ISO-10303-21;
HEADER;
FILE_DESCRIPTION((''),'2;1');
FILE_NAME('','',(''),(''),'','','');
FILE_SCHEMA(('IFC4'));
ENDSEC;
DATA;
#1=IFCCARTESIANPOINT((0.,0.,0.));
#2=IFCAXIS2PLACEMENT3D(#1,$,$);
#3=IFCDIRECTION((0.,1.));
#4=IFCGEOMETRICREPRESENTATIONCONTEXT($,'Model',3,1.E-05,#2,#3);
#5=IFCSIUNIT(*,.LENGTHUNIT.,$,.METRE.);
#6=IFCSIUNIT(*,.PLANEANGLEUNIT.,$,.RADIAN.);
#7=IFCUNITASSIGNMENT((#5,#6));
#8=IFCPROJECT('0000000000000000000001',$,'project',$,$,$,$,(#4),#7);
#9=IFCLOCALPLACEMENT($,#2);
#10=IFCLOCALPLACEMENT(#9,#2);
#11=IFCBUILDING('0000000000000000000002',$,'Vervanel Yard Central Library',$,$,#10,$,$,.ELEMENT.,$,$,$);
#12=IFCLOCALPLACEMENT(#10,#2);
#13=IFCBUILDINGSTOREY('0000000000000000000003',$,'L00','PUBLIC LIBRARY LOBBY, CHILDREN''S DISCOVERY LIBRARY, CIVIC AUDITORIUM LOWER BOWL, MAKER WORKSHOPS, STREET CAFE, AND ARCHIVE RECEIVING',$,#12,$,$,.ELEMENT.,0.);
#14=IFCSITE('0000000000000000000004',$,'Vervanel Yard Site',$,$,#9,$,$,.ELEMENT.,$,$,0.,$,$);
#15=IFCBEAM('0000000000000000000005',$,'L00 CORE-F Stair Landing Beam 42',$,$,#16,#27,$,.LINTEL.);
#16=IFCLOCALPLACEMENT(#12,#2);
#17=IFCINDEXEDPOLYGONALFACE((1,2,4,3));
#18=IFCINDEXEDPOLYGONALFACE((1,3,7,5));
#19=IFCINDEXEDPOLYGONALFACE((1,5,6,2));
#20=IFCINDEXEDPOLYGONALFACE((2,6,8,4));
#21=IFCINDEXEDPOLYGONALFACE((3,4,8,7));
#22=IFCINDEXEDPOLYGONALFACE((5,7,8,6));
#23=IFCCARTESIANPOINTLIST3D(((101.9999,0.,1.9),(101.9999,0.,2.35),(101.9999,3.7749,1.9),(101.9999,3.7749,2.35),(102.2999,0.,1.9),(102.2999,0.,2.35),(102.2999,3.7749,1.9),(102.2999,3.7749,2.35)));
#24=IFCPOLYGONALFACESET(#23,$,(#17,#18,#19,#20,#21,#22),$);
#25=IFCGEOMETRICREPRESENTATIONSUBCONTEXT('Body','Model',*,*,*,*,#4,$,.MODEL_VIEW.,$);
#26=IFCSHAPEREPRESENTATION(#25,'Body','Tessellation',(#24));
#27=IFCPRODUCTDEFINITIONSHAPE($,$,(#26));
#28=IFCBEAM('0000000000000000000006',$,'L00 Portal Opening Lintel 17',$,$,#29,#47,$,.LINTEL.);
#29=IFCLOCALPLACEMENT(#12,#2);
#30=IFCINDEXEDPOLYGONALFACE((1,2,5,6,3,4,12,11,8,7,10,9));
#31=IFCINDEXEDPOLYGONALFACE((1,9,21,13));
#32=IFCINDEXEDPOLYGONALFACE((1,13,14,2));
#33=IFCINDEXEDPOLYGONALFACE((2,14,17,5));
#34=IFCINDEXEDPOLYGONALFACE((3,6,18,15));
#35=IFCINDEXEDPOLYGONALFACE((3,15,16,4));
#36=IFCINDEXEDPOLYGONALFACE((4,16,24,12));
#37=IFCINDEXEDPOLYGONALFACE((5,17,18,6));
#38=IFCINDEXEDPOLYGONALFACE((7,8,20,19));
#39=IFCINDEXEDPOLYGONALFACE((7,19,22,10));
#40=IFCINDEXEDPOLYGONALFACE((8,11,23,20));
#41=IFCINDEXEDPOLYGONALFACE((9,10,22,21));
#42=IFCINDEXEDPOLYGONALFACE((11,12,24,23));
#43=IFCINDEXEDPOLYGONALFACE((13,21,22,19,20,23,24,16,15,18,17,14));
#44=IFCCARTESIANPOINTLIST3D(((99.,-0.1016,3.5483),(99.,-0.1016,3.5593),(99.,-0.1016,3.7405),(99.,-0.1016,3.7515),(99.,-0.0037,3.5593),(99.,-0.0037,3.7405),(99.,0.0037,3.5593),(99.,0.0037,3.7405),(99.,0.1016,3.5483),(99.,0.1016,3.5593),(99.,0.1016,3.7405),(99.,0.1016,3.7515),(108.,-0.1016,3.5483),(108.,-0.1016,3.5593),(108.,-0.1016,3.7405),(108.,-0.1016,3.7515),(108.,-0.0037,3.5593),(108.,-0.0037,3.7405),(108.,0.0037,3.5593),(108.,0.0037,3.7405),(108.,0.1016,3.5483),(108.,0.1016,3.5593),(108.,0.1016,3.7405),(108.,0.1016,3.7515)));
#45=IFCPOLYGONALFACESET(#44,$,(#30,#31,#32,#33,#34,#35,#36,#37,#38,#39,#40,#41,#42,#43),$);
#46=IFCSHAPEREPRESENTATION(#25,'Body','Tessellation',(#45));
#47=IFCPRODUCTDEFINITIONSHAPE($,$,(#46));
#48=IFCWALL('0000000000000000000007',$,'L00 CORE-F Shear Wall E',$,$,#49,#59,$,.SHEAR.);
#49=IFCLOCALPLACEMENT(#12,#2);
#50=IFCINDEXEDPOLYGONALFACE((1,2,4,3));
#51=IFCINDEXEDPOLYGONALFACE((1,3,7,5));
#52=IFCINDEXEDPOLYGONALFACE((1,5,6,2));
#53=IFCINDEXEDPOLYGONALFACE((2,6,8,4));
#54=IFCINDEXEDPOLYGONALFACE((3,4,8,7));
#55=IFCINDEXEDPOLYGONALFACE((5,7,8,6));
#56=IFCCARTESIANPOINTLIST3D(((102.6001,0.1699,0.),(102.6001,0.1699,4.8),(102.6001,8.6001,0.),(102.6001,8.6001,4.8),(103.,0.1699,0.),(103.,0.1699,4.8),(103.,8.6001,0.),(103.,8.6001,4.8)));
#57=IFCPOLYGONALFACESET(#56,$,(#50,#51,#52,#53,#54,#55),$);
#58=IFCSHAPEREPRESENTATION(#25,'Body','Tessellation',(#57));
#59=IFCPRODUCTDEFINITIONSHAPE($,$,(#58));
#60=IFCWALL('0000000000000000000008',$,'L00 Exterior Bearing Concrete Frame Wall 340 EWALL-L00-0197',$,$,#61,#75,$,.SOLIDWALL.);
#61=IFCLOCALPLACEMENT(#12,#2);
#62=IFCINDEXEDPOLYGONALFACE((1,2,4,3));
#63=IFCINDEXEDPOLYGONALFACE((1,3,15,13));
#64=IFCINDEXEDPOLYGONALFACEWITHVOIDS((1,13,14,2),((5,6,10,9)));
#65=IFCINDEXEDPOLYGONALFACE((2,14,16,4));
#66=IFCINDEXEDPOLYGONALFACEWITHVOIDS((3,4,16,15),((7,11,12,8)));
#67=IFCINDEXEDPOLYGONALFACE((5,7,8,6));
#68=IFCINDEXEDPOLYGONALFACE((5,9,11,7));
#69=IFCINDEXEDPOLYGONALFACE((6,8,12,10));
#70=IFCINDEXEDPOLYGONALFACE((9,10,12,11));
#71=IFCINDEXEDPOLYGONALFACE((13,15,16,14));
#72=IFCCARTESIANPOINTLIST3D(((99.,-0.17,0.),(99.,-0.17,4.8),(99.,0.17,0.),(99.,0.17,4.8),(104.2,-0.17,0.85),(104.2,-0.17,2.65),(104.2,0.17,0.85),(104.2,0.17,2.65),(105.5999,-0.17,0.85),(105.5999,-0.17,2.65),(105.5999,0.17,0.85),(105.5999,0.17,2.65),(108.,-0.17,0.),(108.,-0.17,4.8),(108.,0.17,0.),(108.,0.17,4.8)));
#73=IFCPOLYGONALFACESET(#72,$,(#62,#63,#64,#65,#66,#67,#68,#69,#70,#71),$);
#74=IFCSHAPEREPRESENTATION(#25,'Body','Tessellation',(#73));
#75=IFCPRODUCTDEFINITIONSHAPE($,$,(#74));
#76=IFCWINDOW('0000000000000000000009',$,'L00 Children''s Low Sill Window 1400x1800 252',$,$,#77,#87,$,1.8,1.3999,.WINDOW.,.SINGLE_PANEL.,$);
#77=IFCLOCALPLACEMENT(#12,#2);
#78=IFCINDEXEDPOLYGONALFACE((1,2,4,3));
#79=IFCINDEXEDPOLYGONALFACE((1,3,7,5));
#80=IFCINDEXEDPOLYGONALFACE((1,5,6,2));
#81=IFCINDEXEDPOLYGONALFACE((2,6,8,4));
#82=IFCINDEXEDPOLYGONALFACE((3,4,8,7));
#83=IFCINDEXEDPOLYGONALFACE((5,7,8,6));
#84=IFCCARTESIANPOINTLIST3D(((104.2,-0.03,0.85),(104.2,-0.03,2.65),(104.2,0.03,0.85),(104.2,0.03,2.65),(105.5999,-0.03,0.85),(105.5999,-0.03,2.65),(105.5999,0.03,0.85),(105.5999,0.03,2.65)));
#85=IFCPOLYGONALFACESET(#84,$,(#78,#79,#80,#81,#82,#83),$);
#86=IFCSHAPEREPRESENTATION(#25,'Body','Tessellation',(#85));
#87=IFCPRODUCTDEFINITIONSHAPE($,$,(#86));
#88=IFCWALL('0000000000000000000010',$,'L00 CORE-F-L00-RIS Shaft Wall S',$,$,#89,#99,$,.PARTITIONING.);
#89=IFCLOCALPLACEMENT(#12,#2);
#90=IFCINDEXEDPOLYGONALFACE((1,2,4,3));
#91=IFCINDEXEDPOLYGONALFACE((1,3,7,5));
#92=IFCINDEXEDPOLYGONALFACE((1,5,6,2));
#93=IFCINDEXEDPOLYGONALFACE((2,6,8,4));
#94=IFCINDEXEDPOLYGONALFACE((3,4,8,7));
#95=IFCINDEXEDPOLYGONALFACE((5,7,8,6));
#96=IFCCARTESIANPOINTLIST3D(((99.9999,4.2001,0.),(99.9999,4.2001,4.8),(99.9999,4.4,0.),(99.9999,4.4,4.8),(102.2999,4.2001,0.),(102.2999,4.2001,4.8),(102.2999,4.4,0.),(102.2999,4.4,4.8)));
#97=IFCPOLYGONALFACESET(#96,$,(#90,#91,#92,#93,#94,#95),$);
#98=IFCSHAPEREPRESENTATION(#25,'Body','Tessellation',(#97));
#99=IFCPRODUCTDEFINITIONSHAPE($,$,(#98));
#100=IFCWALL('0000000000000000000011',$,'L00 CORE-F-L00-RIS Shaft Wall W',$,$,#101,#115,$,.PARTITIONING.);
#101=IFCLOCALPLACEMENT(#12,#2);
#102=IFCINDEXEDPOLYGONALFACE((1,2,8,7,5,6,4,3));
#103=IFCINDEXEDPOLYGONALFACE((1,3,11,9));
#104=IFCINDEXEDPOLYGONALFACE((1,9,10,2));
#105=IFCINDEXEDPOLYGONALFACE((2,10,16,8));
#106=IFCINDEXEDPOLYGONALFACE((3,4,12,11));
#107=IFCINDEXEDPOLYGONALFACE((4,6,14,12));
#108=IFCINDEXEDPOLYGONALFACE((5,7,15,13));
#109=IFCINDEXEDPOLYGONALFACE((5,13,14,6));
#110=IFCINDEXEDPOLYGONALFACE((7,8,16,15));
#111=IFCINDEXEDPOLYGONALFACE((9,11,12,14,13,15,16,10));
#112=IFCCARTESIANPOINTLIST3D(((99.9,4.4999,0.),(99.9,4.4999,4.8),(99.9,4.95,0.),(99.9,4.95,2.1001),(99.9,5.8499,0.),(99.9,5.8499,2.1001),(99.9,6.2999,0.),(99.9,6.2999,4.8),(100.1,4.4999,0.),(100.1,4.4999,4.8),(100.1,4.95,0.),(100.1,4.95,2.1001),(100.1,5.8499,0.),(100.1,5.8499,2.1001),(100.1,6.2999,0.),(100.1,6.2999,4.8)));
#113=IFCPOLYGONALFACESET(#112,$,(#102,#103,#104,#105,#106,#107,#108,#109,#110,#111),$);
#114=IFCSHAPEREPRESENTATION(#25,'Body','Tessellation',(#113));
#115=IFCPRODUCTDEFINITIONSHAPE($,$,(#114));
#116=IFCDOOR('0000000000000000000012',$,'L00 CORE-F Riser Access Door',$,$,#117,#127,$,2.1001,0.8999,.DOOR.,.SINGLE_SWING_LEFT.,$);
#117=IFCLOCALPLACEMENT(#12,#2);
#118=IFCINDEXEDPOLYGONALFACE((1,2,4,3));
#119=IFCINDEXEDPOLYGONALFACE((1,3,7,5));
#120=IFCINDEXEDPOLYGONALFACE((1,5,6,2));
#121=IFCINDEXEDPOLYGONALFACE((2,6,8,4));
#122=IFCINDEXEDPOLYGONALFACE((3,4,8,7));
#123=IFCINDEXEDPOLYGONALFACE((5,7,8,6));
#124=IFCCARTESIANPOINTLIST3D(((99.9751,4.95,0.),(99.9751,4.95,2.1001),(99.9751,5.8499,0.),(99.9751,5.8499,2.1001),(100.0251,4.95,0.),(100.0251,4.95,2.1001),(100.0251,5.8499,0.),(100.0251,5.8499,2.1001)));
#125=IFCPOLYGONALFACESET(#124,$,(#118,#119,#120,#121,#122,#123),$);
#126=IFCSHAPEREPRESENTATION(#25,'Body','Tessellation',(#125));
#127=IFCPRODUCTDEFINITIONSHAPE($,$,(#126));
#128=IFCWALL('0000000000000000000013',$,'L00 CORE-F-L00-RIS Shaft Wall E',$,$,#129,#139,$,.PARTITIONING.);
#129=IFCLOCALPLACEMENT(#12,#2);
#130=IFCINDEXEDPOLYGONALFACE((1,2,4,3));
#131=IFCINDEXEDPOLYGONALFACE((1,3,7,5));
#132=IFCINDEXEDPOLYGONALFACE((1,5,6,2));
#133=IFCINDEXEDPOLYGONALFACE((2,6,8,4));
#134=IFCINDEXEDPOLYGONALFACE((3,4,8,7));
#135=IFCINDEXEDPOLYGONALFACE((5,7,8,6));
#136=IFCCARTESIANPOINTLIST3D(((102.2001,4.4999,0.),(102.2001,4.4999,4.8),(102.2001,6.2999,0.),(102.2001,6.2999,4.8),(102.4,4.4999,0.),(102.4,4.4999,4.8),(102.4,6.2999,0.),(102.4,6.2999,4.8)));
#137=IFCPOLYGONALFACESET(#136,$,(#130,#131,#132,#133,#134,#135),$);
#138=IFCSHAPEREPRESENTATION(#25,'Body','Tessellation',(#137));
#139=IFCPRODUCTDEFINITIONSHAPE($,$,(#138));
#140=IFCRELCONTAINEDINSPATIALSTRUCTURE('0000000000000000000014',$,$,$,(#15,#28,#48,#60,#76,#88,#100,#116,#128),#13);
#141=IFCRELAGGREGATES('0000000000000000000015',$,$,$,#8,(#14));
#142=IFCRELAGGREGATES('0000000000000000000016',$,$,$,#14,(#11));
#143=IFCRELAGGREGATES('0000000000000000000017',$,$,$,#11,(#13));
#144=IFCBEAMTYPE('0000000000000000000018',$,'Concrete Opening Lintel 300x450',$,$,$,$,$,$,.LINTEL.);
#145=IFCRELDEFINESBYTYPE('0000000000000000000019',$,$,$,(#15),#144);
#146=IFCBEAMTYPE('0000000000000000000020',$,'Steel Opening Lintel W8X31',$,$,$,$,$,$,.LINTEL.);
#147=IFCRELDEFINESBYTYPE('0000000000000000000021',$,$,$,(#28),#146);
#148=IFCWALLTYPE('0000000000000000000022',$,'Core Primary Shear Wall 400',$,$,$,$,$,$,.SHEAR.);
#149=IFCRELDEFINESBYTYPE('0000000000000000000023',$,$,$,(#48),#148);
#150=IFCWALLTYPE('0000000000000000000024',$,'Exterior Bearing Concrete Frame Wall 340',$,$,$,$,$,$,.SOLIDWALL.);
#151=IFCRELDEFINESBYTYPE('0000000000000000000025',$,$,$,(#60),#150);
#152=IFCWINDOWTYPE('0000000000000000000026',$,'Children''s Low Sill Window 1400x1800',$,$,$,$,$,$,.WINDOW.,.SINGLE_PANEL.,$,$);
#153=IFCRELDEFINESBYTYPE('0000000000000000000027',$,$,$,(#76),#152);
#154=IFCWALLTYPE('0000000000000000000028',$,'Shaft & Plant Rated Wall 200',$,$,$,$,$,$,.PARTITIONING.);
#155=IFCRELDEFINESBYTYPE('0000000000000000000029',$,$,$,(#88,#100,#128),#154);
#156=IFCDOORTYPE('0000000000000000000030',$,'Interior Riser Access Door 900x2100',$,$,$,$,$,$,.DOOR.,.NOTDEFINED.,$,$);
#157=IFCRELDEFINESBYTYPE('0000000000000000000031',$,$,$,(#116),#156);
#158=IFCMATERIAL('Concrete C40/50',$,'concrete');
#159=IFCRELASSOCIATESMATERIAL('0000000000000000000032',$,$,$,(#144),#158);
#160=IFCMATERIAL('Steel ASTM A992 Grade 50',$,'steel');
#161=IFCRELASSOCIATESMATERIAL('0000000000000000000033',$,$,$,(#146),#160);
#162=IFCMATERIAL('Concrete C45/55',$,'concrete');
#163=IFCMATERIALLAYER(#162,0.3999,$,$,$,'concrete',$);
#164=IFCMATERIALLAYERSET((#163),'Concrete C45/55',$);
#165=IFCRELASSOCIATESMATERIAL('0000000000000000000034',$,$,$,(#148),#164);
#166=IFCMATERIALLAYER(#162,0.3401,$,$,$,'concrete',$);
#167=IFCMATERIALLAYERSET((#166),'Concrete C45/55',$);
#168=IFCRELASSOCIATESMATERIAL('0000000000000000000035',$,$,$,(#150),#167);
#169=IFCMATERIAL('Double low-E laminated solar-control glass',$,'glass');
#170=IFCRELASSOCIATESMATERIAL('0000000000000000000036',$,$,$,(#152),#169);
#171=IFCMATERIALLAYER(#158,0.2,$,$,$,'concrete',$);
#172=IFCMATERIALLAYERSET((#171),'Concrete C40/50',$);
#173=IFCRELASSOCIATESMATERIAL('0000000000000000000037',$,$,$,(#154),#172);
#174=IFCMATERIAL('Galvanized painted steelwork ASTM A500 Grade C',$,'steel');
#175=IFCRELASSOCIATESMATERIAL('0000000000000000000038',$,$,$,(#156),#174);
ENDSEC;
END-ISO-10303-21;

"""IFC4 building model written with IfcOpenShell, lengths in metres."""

from ifc_helpers import new_model, si_unit, direction, frame, frame_2d, origin, origin_2d, place, context, subcontext, project, spatial, rectangle, i_section, extrude, material, layer, layer_set, material_profile, profile_set, type_object, element, fill, save


model = new_model("IFC4")

# Units and contexts
model_context = context("Model", 3, precision=1e-05, world=origin(), true_north=direction((0.0, 1.0)))
body_context = subcontext(model_context, "Body", "Model", "MODEL_VIEW")
ifc_project = project(units=[si_unit("LENGTHUNIT", "METRE"), si_unit("PLANEANGLEUNIT", "RADIAN")], contexts=[model_context])

# Site, building, storey
site_placement = place(None, origin())
site = spatial("IfcSite", under=ifc_project, at=site_placement, Name="Vervanel Yard Site", CompositionType="ELEMENT", RefElevation=0.0)
building_placement = place(site_placement, origin())
building = spatial("IfcBuilding", under=site, at=building_placement, Name="Vervanel Yard Central Library", CompositionType="ELEMENT")
storey_placement = place(building_placement, origin())
storey = spatial("IfcBuildingStorey", under=building, at=storey_placement, Name="L00", Description="PUBLIC LIBRARY LOBBY, CHILDREN'S DISCOVERY LIBRARY, CIVIC AUDITORIUM LOWER BOWL, MAKER WORKSHOPS, STREET CAFE, AND ARCHIVE RECEIVING", CompositionType="ELEMENT", Elevation=0.0)

# Shared definitions
ifc_material_1 = material(Name="Concrete C40/50", Category="concrete")

# Beams
ifc_material_profile_1 = material_profile(ifc_material_1, rectangle(XDim=0.3, YDim=0.45, at=origin_2d()), Name="RC 300x450", Category="concrete")
ifc_profile_set_1 = profile_set([ifc_material_profile_1], Name="Concrete C40/50")
beam_type_1 = type_object("IfcBeamType", Name="Concrete Opening Lintel 300x450", PredefinedType="LINTEL", material=ifc_profile_set_1)
for number, where, z_axis, x_axis, name in (
    (1, (102.1499, 0.0, 2.125), (0.0, 1.0, 0.0), (-1.0, 0.0, 0.0), "L00 CORE-F Stair Landing Beam 42"),
):
    element("IfcBeam", number, at=place(storey_placement, frame(where, z_axis=z_axis, x_axis=x_axis)), inside=storey, type_object=beam_type_1, Name=name, PredefinedType="LINTEL", context=body_context, shape_type="SweptSolid", body=[
        extrude(rectangle(XDim=0.3, YDim=0.45, at=origin_2d()), origin(), (0.0, 0.0, 1.0), 3.7749),
    ])
ifc_material_2 = material(Name="Steel ASTM A992 Grade 50", Category="steel")
ifc_material_profile_2 = material_profile(ifc_material_2, i_section(OverallWidth=0.2031, OverallDepth=0.2031, WebThickness=0.0073, FlangeThickness=0.011, at=origin_2d()), Name="W8X31", Category="steel")
ifc_profile_set_2 = profile_set([ifc_material_profile_2], Name="Steel ASTM A992 Grade 50")
beam_type_2 = type_object("IfcBeamType", Name="Steel Opening Lintel W8X31", PredefinedType="LINTEL", material=ifc_profile_set_2)
beam_placement = place(storey_placement, frame((99.0, 0.0, 3.6499), z_axis=(1.0, 0.0, 0.0), x_axis=(0.0, 1.0, 0.0)))
element("IfcBeam", 2, at=beam_placement, inside=storey, type_object=beam_type_2, Name="L00 Portal Opening Lintel 17", PredefinedType="LINTEL", context=body_context, shape_type="SweptSolid", body=[
    extrude(i_section(OverallWidth=0.2031, OverallDepth=0.2031, WebThickness=0.0073, FlangeThickness=0.011, at=origin_2d()), origin(), (0.0, 0.0, 1.0), 9.0),
])

# Wall
ifc_material_3 = material(Name="Concrete C45/55", Category="concrete")
ifc_layer_1 = layer(ifc_material_3, 0.3999, Category="concrete")
ifc_layer_set_1 = layer_set([ifc_layer_1], Name="Concrete C45/55")
wall_type_1 = type_object("IfcWallType", Name="Core Primary Shear Wall 400", PredefinedType="SHEAR", material=ifc_layer_set_1)
wall_1_placement = place(storey_placement, frame((102.8, 0.1699, 0.0), z_axis=(0.0, 0.0, 1.0), x_axis=(0.0, 1.0, 0.0)))
element("IfcWall", 3, at=wall_1_placement, inside=storey, type_object=wall_type_1, Name="L00 CORE-F Shear Wall E", PredefinedType="SHEAR", context=body_context, shape_type="SweptSolid", body=[
    extrude(rectangle(XDim=8.4302, YDim=0.3999, at=frame_2d((4.2151, 0.0))), origin(), (0.0, 0.0, 1.0), 4.8),
])

# Wall, opening, window
ifc_layer_2 = layer(ifc_material_3, 0.3401, Category="concrete")
ifc_layer_set_2 = layer_set([ifc_layer_2], Name="Concrete C45/55")
wall_type_2 = type_object("IfcWallType", Name="Exterior Bearing Concrete Frame Wall 340", PredefinedType="SOLIDWALL", material=ifc_layer_set_2)
wall_2_placement = place(storey_placement, frame((99.0, 0.0, 0.0), z_axis=(0.0, 0.0, 1.0), x_axis=(1.0, 0.0, 0.0)))
wall_2 = element("IfcWall", 4, at=wall_2_placement, inside=storey, type_object=wall_type_2, Name="L00 Exterior Bearing Concrete Frame Wall 340 EWALL-L00-0197", PredefinedType="SOLIDWALL", context=body_context, shape_type="SweptSolid", body=[
    extrude(rectangle(XDim=9.0, YDim=0.3401, at=frame_2d((4.5, 0.0))), origin(), (0.0, 0.0, 1.0), 4.8),
])
opening_1_placement = place(wall_2_placement, frame((5.2, 0.0, 0.8501)))
opening_1 = element("IfcOpeningElement", 5, at=opening_1_placement, cuts=wall_2, PredefinedType="OPENING", context=body_context, shape_type="SweptSolid", body=[
    extrude(rectangle(XDim=1.3999, YDim=1.8, at=frame_2d((0.7, 0.8999))), frame((0.0, 0.1799, 0.0), z_axis=(0.0, -1.0, 0.0), x_axis=(1.0, 0.0, 0.0)), (0.0, 0.0, 1.0), 0.3601),
])
ifc_material_4 = material(Name="Double low-E laminated solar-control glass", Category="glass")
window_type = type_object("IfcWindowType", Name="Children's Low Sill Window 1400x1800", PartitioningType="SINGLE_PANEL", PredefinedType="WINDOW", material=ifc_material_4)
window_placement = place(opening_1_placement, origin())
window = element("IfcWindow", 6, at=window_placement, inside=storey, type_object=window_type, Name="L00 Children's Low Sill Window 1400x1800 252", OverallHeight=1.8, OverallWidth=1.3999, PartitioningType="SINGLE_PANEL", PredefinedType="WINDOW", context=body_context, shape_type="SweptSolid", body=[
    extrude(rectangle(XDim=1.3999, YDim=1.8, at=frame_2d((0.7, 0.8999))), frame((0.0, 0.03, 0.0), z_axis=(0.0, -1.0, 0.0), x_axis=(1.0, 0.0, 0.0)), (0.0, 0.0, 1.0), 0.0601),
])
fill(opening_1, window)

# Wall
ifc_layer_3 = layer(ifc_material_1, 0.2, Category="concrete")
ifc_layer_set_3 = layer_set([ifc_layer_3], Name="Concrete C40/50")
wall_type_3 = type_object("IfcWallType", Name="Shaft & Plant Rated Wall 200", PredefinedType="PARTITIONING", material=ifc_layer_set_3)
wall_3_placement = place(storey_placement, frame((100.0, 4.3, 0.0), z_axis=(0.0, 0.0, 1.0), x_axis=(1.0, 0.0, 0.0)))
element("IfcWall", 7, at=wall_3_placement, inside=storey, type_object=wall_type_3, Name="L00 CORE-F-L00-RIS Shaft Wall S", PredefinedType="PARTITIONING", context=body_context, shape_type="SweptSolid", body=[
    extrude(rectangle(XDim=2.3, YDim=0.2, at=frame_2d((1.1499, 0.0))), origin(), (0.0, 0.0, 1.0), 4.8),
])

# Wall, opening, door
wall_4_placement = place(storey_placement, frame((100.0, 4.5, 0.0), z_axis=(0.0, 0.0, 1.0), x_axis=(0.0, 1.0, 0.0)))
wall_4 = element("IfcWall", 8, at=wall_4_placement, inside=storey, type_object=wall_type_3, Name="L00 CORE-F-L00-RIS Shaft Wall W", PredefinedType="PARTITIONING", context=body_context, shape_type="SweptSolid", body=[
    extrude(rectangle(XDim=1.8, YDim=0.2, at=frame_2d((0.8999, 0.0))), origin(), (0.0, 0.0, 1.0), 4.8),
])
opening_2_placement = place(wall_4_placement, frame((0.45, 0.0, 0.0)))
opening_2 = element("IfcOpeningElement", 9, at=opening_2_placement, cuts=wall_4, PredefinedType="OPENING", context=body_context, shape_type="SweptSolid", body=[
    extrude(rectangle(XDim=0.8999, YDim=2.1001, at=frame_2d((0.45, 1.05))), frame((0.0, 0.1099, 0.0), z_axis=(0.0, -1.0, 0.0), x_axis=(1.0, 0.0, 0.0)), (0.0, 0.0, 1.0), 0.22),
])
ifc_material_5 = material(Name="Galvanized painted steelwork ASTM A500 Grade C", Category="steel")
door_type = type_object("IfcDoorType", Name="Interior Riser Access Door 900x2100", OperationType="NOTDEFINED", PredefinedType="DOOR", material=ifc_material_5)
door_placement = place(opening_2_placement, origin())
door = element("IfcDoor", 10, at=door_placement, inside=storey, type_object=door_type, Name="L00 CORE-F Riser Access Door", OperationType="SINGLE_SWING_LEFT", OverallHeight=2.1001, OverallWidth=0.8999, PredefinedType="DOOR", context=body_context, shape_type="SweptSolid", body=[
    extrude(rectangle(XDim=0.8999, YDim=2.1001, at=frame_2d((0.45, 1.05))), frame((0.0, 0.0249, 0.0), z_axis=(0.0, -1.0, 0.0), x_axis=(1.0, 0.0, 0.0)), (0.0, 0.0, 1.0), 0.05),
])
fill(opening_2, door)

# Wall
wall_5_placement = place(storey_placement, frame((102.3, 4.5, 0.0), z_axis=(0.0, 0.0, 1.0), x_axis=(0.0, 1.0, 0.0)))
element("IfcWall", 11, at=wall_5_placement, inside=storey, type_object=wall_type_3, Name="L00 CORE-F-L00-RIS Shaft Wall E", PredefinedType="PARTITIONING", context=body_context, shape_type="SweptSolid", body=[
    extrude(rectangle(XDim=1.8, YDim=0.2, at=frame_2d((0.8999, 0.0))), origin(), (0.0, 0.0, 1.0), 4.8),
])

save(model, "model.ifc")
